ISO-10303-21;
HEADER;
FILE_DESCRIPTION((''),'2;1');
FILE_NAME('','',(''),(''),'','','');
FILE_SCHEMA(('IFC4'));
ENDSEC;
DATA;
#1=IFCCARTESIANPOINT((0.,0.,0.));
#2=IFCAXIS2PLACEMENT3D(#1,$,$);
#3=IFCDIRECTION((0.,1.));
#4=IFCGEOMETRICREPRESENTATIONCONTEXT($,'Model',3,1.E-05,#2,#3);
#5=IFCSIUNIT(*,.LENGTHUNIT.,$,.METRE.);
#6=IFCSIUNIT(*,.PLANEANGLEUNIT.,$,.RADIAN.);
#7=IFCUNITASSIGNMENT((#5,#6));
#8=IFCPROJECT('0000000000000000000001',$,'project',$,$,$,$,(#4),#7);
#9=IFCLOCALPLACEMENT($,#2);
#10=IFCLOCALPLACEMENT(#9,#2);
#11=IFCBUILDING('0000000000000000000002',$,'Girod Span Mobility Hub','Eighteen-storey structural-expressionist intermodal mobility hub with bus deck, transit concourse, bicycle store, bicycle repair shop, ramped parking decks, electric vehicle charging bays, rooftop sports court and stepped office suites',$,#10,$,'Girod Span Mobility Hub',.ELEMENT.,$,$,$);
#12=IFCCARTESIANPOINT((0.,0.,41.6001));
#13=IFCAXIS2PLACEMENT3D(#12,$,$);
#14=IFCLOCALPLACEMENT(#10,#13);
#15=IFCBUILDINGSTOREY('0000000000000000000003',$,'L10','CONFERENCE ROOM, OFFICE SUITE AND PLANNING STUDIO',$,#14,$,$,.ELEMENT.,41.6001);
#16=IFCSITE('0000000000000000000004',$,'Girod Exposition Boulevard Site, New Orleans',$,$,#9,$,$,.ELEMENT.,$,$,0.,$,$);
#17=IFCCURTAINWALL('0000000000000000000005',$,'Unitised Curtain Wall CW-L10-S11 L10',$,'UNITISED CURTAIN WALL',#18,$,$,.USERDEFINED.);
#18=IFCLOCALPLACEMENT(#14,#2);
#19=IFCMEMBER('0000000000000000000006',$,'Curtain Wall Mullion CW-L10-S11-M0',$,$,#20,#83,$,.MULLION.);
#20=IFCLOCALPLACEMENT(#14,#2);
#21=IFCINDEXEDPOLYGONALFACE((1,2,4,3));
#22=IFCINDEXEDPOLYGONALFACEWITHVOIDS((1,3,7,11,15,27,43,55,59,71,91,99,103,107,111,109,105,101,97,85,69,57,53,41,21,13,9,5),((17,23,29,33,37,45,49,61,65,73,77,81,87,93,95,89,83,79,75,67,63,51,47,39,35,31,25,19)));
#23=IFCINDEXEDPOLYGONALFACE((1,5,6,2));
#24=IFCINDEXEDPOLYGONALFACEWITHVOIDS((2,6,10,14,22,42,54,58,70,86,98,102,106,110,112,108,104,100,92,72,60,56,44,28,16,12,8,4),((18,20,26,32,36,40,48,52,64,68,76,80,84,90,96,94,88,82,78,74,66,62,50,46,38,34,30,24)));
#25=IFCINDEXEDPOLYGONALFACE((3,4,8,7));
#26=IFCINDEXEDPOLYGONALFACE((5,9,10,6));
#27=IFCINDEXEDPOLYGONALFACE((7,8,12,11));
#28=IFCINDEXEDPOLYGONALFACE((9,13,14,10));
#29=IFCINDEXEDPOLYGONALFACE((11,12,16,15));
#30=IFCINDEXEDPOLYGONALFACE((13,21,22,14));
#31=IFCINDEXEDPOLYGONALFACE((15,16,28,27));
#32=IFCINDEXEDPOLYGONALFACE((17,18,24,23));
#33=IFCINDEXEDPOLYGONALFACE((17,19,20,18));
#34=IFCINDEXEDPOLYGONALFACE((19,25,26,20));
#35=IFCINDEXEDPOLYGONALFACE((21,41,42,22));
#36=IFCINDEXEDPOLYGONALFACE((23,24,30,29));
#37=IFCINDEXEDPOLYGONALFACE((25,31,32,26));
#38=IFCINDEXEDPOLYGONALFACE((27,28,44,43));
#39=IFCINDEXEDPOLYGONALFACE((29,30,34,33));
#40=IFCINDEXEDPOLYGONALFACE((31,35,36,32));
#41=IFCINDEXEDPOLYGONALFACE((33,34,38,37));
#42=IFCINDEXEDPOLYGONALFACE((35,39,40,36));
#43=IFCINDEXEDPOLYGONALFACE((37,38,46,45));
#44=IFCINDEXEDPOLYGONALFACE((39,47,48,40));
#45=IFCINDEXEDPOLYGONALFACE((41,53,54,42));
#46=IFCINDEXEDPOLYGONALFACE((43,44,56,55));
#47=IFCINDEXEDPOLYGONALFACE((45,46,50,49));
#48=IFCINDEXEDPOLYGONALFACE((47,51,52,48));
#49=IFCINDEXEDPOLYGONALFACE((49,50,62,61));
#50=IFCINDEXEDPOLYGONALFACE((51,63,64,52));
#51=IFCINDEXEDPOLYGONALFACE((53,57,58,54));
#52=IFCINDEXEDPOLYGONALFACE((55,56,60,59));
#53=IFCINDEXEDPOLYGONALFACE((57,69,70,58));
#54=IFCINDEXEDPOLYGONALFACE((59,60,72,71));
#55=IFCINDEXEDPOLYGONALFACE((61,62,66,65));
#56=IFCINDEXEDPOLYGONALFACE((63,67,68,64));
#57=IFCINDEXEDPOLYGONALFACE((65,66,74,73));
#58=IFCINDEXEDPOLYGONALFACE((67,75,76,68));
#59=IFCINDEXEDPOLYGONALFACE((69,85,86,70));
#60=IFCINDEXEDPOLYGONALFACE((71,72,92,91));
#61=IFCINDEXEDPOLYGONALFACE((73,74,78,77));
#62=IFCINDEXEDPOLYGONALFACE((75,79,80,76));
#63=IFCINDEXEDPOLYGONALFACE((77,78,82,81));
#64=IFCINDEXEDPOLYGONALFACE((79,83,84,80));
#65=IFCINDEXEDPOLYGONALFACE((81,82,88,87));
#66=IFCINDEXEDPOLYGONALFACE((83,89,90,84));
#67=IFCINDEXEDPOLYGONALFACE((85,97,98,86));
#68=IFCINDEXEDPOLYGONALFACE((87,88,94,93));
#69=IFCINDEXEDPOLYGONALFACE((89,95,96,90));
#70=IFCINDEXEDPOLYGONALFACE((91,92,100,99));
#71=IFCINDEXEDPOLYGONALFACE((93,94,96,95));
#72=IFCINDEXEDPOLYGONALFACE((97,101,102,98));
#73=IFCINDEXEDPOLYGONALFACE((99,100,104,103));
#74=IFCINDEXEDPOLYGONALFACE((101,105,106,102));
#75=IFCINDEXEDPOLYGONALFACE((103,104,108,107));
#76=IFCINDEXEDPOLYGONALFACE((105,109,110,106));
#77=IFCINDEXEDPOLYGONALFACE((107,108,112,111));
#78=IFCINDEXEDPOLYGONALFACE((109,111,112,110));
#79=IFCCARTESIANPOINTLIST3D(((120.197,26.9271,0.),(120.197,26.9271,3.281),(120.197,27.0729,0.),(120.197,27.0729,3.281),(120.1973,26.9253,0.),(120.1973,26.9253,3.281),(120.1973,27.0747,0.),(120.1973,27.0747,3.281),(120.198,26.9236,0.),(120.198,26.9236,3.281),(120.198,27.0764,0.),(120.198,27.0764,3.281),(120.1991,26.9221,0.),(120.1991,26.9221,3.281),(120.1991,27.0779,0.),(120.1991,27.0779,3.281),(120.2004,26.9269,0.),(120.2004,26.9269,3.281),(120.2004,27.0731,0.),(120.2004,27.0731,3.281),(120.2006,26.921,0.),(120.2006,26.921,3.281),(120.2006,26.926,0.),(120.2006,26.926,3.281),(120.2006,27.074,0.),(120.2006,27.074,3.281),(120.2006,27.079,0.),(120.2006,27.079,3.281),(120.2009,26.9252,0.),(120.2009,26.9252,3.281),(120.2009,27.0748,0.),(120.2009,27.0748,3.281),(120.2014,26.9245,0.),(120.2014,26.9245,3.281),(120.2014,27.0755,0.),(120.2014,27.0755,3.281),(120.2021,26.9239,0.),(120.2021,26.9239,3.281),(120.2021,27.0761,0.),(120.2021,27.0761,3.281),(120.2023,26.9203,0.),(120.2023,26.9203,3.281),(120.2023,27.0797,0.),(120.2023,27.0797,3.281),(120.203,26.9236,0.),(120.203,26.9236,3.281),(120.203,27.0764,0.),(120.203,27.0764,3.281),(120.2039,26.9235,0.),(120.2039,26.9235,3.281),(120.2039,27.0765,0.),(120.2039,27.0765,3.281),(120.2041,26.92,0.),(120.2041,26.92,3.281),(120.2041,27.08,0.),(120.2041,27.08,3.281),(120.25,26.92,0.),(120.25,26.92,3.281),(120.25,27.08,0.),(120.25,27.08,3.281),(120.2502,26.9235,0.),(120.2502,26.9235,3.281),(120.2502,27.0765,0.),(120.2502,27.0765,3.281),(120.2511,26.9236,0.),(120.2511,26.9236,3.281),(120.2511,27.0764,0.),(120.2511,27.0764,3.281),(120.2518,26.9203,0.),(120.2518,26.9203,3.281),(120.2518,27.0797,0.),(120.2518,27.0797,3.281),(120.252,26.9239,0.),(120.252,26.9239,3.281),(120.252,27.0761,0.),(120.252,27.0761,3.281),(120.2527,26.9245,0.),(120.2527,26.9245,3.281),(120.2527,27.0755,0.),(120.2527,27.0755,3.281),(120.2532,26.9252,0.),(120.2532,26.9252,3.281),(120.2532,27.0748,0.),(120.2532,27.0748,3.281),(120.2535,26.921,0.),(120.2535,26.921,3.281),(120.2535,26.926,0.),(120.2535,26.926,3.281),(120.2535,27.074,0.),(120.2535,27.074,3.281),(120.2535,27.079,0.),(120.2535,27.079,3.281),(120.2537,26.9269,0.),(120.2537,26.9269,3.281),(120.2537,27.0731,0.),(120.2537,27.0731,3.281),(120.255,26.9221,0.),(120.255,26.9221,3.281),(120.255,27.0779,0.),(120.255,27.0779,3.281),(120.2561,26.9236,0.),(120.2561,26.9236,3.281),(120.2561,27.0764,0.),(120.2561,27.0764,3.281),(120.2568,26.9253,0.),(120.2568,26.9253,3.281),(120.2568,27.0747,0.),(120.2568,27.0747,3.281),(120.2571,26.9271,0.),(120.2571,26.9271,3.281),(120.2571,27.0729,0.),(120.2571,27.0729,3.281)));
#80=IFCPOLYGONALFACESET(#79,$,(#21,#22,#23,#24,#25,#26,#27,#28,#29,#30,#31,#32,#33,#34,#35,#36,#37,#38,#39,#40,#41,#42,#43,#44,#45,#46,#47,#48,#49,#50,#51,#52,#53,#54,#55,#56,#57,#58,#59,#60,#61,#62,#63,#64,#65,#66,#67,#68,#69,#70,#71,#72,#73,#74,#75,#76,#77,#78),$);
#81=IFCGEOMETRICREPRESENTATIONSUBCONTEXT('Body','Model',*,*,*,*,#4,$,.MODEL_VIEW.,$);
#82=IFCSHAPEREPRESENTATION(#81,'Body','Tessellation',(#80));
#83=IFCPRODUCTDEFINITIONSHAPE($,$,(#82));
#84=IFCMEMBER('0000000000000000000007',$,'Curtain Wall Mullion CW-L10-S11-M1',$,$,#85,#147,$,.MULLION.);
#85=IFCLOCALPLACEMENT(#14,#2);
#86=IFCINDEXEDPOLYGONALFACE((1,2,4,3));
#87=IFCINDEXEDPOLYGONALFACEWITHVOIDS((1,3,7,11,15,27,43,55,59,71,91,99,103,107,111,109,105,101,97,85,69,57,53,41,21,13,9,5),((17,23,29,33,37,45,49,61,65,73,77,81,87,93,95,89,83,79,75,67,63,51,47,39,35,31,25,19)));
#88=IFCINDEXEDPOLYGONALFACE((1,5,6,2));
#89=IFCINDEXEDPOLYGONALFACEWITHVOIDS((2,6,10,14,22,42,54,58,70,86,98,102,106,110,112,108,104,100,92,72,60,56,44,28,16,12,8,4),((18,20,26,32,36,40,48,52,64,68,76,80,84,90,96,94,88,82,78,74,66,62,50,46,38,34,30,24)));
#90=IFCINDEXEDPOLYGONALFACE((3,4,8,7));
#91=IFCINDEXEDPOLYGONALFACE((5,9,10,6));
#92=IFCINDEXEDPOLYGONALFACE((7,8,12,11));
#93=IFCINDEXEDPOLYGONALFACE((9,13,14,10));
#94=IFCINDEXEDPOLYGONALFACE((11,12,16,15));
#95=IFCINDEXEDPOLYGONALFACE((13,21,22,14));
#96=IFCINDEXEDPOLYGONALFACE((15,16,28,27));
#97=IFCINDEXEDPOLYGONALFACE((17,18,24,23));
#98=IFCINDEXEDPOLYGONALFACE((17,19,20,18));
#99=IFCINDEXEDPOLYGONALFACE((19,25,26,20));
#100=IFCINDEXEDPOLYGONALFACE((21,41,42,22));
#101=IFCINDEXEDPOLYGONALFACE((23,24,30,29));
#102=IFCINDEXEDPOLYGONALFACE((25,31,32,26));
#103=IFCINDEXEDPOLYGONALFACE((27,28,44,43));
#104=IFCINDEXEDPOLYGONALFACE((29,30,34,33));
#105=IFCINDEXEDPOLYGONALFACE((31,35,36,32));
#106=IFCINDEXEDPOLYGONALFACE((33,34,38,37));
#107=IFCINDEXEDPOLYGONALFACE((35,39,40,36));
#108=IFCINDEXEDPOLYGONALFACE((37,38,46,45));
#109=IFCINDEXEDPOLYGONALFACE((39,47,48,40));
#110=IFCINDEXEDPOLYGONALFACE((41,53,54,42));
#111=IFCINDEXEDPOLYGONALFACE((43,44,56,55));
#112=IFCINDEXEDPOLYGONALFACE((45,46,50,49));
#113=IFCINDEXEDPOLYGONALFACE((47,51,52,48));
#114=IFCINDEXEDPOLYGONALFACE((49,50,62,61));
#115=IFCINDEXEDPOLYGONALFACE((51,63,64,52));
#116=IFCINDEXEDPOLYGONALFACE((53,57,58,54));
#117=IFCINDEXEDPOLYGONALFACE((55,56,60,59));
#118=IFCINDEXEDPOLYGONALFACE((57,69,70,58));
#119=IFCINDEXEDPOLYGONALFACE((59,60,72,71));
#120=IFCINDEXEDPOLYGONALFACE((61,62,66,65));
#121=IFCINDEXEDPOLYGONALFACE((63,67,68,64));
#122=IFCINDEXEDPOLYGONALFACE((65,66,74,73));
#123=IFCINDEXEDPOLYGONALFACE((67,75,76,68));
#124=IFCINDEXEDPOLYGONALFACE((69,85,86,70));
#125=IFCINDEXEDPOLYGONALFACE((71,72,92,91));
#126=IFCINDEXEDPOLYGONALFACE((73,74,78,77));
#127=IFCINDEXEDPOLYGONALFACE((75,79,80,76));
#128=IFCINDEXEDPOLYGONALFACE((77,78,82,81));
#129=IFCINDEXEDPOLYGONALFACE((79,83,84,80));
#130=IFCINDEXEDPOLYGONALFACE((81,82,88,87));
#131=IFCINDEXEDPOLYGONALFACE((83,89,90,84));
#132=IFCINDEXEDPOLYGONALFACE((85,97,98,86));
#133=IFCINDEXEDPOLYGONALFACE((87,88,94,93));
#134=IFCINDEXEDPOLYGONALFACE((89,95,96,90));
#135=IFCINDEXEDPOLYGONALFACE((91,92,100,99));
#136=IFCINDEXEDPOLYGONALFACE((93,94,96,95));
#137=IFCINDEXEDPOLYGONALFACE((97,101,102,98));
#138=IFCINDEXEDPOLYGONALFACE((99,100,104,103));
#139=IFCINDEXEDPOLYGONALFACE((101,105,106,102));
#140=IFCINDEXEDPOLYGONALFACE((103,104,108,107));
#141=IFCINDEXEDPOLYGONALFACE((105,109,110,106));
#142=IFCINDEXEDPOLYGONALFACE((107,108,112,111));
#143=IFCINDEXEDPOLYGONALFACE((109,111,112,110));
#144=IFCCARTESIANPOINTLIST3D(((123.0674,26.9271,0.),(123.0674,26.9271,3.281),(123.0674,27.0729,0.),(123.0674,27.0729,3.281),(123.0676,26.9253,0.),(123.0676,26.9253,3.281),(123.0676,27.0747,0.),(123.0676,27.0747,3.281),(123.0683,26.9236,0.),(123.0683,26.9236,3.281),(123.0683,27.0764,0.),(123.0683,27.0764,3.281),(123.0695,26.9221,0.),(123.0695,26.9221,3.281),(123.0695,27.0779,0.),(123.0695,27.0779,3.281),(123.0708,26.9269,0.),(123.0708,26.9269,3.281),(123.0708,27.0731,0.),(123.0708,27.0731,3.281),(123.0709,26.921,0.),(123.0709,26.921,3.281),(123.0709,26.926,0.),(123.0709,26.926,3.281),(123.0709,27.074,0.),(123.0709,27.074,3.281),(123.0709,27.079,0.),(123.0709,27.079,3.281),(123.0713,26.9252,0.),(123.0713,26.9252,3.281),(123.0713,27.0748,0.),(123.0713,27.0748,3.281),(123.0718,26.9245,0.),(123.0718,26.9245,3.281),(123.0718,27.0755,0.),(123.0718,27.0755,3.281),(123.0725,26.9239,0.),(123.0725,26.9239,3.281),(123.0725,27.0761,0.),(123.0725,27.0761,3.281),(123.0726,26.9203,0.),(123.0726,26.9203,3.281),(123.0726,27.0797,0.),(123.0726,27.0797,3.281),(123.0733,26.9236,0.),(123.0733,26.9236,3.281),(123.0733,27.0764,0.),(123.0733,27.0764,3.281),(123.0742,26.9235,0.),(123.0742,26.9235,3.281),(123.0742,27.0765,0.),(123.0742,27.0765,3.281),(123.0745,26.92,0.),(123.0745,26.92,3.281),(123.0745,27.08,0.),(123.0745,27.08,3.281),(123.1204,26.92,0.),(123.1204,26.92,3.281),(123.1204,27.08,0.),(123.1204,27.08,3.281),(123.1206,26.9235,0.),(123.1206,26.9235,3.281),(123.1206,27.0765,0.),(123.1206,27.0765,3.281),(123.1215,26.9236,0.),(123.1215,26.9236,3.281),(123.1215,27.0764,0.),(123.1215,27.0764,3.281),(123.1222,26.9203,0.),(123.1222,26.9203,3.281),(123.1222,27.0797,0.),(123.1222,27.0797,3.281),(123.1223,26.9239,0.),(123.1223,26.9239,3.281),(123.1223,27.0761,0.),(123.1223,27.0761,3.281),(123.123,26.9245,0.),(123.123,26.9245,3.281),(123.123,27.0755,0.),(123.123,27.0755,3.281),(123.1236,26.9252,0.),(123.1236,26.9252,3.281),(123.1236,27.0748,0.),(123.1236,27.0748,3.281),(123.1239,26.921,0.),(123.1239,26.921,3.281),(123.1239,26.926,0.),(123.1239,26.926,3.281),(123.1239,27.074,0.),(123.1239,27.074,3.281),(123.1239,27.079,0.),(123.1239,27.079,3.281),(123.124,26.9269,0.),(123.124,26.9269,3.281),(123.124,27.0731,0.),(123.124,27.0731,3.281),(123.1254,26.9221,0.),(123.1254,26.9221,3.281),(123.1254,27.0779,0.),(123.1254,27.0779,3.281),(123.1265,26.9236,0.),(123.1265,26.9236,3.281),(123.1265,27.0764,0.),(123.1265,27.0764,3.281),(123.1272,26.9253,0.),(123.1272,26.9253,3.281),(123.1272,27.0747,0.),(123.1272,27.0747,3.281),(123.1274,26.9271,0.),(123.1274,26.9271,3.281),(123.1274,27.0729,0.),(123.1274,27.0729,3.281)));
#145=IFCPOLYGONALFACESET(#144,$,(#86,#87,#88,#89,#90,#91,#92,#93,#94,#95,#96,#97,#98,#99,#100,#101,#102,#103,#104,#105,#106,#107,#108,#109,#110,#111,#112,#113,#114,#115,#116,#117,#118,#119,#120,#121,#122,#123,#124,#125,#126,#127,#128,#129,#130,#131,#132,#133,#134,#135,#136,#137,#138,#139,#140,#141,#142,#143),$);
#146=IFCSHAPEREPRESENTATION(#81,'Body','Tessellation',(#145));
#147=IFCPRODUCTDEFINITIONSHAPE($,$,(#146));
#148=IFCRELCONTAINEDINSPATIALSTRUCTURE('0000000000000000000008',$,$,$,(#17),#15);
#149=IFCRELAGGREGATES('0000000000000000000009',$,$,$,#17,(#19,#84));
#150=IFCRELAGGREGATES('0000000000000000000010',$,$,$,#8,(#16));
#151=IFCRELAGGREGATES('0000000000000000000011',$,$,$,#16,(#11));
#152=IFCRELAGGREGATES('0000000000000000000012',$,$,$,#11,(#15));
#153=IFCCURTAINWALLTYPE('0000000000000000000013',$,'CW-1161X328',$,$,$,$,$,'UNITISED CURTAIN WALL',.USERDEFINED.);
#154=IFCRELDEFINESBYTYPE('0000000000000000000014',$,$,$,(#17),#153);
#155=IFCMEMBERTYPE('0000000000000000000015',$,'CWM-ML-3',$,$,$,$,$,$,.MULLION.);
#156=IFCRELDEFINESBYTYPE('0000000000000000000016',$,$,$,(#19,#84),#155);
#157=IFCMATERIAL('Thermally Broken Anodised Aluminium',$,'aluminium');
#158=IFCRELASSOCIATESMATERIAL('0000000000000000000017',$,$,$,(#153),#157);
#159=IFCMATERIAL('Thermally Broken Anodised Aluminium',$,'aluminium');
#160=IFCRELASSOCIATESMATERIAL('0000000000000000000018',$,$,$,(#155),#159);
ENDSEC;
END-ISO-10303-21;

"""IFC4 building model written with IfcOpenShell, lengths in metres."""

from ifc_helpers import new_model, si_unit, direction, frame, origin, origin_2d, place, context, subcontext, project, spatial, hollow_rectangle, extrude, material, material_profile, profile_set, type_object, element, aggregate, save


model = new_model("IFC4")

# Units and contexts
model_context = context("Model", 3, precision=1e-05, world=origin(), true_north=direction((0.0, 1.0)))
body_context = subcontext(model_context, "Body", "Model", "MODEL_VIEW")
ifc_project = project(units=[si_unit("LENGTHUNIT", "METRE"), si_unit("PLANEANGLEUNIT", "RADIAN")], contexts=[model_context])

# Site, building, storey
site_placement = place(None, origin())
site = spatial("IfcSite", under=ifc_project, at=site_placement, Name="Girod Exposition Boulevard Site, New Orleans", CompositionType="ELEMENT", RefElevation=0.0)
building_placement = place(site_placement, origin())
building = spatial("IfcBuilding", under=site, at=building_placement, Name="Girod Span Mobility Hub", Description="Eighteen-storey structural-expressionist intermodal mobility hub with bus deck, transit concourse, bicycle store, bicycle repair shop, ramped parking decks, electric vehicle charging bays, rooftop sports court and stepped office suites", LongName="Girod Span Mobility Hub", CompositionType="ELEMENT")
storey_placement = place(building_placement, frame((0.0, 0.0, 41.6001)))
storey = spatial("IfcBuildingStorey", under=building, at=storey_placement, Name="L10", Description="CONFERENCE ROOM, OFFICE SUITE AND PLANNING STUDIO", CompositionType="ELEMENT", Elevation=41.6001)

# Curtain wall, members
ifc_material_1 = material(Name="Thermally Broken Anodised Aluminium", Category="aluminium")
curtain_wall_type = type_object("IfcCurtainWallType", Name="CW-1161X328", ElementType="UNITISED CURTAIN WALL", PredefinedType="USERDEFINED", material=ifc_material_1)
ifc_material_2 = material(Name="Thermally Broken Anodised Aluminium", Category="aluminium")
ifc_material_profile_1 = material_profile(ifc_material_2, hollow_rectangle(XDim=0.1599, YDim=0.0601, WallThickness=0.0034, InnerFilletRadius=0.0034, OuterFilletRadius=0.0071, at=origin_2d()), Name="CW-ML-60X160")
ifc_profile_set_1 = profile_set([ifc_material_profile_1], Name="Thermally Broken Anodised Aluminium")
member_type_1 = type_object("IfcMemberType", Name="CWM-ML-3", PredefinedType="MULLION", material=ifc_profile_set_1)
curtain_wall_1_placement = place(storey_placement, origin())
curtain_wall_1 = element("IfcCurtainWall", 1, at=curtain_wall_1_placement, inside=storey, type_object=curtain_wall_type, Name="Unitised Curtain Wall CW-L10-S11 L10", ObjectType="UNITISED CURTAIN WALL", PredefinedType="USERDEFINED")
member_1_placement = place(storey_placement, frame((120.2271, 27.0, 0.0), z_axis=(0.0, 0.0, 1.0), x_axis=(0.0, 1.0, 0.0)))
member_1 = element("IfcMember", 2, at=member_1_placement, type_object=member_type_1, Name="Curtain Wall Mullion CW-L10-S11-M0", PredefinedType="MULLION", context=body_context, shape_type="SweptSolid", body=[
    extrude(hollow_rectangle(XDim=0.1599, YDim=0.0601, WallThickness=0.0034, InnerFilletRadius=0.0034, OuterFilletRadius=0.0071, at=origin_2d()), origin(), (0.0, 0.0, 1.0), 3.281),
])
member_2_placement = place(storey_placement, frame((123.0974, 27.0, 0.0), z_axis=(0.0, 0.0, 1.0), x_axis=(0.0, 1.0, 0.0)))
member_2 = element("IfcMember", 3, at=member_2_placement, type_object=member_type_1, Name="Curtain Wall Mullion CW-L10-S11-M1", PredefinedType="MULLION", context=body_context, shape_type="SweptSolid", body=[
    extrude(hollow_rectangle(XDim=0.1599, YDim=0.0601, WallThickness=0.0034, InnerFilletRadius=0.0034, OuterFilletRadius=0.0071, at=origin_2d()), origin(), (0.0, 0.0, 1.0), 3.281),
])

aggregate(curtain_wall_1, [member_1, member_2])

save(model, "model.ifc")
